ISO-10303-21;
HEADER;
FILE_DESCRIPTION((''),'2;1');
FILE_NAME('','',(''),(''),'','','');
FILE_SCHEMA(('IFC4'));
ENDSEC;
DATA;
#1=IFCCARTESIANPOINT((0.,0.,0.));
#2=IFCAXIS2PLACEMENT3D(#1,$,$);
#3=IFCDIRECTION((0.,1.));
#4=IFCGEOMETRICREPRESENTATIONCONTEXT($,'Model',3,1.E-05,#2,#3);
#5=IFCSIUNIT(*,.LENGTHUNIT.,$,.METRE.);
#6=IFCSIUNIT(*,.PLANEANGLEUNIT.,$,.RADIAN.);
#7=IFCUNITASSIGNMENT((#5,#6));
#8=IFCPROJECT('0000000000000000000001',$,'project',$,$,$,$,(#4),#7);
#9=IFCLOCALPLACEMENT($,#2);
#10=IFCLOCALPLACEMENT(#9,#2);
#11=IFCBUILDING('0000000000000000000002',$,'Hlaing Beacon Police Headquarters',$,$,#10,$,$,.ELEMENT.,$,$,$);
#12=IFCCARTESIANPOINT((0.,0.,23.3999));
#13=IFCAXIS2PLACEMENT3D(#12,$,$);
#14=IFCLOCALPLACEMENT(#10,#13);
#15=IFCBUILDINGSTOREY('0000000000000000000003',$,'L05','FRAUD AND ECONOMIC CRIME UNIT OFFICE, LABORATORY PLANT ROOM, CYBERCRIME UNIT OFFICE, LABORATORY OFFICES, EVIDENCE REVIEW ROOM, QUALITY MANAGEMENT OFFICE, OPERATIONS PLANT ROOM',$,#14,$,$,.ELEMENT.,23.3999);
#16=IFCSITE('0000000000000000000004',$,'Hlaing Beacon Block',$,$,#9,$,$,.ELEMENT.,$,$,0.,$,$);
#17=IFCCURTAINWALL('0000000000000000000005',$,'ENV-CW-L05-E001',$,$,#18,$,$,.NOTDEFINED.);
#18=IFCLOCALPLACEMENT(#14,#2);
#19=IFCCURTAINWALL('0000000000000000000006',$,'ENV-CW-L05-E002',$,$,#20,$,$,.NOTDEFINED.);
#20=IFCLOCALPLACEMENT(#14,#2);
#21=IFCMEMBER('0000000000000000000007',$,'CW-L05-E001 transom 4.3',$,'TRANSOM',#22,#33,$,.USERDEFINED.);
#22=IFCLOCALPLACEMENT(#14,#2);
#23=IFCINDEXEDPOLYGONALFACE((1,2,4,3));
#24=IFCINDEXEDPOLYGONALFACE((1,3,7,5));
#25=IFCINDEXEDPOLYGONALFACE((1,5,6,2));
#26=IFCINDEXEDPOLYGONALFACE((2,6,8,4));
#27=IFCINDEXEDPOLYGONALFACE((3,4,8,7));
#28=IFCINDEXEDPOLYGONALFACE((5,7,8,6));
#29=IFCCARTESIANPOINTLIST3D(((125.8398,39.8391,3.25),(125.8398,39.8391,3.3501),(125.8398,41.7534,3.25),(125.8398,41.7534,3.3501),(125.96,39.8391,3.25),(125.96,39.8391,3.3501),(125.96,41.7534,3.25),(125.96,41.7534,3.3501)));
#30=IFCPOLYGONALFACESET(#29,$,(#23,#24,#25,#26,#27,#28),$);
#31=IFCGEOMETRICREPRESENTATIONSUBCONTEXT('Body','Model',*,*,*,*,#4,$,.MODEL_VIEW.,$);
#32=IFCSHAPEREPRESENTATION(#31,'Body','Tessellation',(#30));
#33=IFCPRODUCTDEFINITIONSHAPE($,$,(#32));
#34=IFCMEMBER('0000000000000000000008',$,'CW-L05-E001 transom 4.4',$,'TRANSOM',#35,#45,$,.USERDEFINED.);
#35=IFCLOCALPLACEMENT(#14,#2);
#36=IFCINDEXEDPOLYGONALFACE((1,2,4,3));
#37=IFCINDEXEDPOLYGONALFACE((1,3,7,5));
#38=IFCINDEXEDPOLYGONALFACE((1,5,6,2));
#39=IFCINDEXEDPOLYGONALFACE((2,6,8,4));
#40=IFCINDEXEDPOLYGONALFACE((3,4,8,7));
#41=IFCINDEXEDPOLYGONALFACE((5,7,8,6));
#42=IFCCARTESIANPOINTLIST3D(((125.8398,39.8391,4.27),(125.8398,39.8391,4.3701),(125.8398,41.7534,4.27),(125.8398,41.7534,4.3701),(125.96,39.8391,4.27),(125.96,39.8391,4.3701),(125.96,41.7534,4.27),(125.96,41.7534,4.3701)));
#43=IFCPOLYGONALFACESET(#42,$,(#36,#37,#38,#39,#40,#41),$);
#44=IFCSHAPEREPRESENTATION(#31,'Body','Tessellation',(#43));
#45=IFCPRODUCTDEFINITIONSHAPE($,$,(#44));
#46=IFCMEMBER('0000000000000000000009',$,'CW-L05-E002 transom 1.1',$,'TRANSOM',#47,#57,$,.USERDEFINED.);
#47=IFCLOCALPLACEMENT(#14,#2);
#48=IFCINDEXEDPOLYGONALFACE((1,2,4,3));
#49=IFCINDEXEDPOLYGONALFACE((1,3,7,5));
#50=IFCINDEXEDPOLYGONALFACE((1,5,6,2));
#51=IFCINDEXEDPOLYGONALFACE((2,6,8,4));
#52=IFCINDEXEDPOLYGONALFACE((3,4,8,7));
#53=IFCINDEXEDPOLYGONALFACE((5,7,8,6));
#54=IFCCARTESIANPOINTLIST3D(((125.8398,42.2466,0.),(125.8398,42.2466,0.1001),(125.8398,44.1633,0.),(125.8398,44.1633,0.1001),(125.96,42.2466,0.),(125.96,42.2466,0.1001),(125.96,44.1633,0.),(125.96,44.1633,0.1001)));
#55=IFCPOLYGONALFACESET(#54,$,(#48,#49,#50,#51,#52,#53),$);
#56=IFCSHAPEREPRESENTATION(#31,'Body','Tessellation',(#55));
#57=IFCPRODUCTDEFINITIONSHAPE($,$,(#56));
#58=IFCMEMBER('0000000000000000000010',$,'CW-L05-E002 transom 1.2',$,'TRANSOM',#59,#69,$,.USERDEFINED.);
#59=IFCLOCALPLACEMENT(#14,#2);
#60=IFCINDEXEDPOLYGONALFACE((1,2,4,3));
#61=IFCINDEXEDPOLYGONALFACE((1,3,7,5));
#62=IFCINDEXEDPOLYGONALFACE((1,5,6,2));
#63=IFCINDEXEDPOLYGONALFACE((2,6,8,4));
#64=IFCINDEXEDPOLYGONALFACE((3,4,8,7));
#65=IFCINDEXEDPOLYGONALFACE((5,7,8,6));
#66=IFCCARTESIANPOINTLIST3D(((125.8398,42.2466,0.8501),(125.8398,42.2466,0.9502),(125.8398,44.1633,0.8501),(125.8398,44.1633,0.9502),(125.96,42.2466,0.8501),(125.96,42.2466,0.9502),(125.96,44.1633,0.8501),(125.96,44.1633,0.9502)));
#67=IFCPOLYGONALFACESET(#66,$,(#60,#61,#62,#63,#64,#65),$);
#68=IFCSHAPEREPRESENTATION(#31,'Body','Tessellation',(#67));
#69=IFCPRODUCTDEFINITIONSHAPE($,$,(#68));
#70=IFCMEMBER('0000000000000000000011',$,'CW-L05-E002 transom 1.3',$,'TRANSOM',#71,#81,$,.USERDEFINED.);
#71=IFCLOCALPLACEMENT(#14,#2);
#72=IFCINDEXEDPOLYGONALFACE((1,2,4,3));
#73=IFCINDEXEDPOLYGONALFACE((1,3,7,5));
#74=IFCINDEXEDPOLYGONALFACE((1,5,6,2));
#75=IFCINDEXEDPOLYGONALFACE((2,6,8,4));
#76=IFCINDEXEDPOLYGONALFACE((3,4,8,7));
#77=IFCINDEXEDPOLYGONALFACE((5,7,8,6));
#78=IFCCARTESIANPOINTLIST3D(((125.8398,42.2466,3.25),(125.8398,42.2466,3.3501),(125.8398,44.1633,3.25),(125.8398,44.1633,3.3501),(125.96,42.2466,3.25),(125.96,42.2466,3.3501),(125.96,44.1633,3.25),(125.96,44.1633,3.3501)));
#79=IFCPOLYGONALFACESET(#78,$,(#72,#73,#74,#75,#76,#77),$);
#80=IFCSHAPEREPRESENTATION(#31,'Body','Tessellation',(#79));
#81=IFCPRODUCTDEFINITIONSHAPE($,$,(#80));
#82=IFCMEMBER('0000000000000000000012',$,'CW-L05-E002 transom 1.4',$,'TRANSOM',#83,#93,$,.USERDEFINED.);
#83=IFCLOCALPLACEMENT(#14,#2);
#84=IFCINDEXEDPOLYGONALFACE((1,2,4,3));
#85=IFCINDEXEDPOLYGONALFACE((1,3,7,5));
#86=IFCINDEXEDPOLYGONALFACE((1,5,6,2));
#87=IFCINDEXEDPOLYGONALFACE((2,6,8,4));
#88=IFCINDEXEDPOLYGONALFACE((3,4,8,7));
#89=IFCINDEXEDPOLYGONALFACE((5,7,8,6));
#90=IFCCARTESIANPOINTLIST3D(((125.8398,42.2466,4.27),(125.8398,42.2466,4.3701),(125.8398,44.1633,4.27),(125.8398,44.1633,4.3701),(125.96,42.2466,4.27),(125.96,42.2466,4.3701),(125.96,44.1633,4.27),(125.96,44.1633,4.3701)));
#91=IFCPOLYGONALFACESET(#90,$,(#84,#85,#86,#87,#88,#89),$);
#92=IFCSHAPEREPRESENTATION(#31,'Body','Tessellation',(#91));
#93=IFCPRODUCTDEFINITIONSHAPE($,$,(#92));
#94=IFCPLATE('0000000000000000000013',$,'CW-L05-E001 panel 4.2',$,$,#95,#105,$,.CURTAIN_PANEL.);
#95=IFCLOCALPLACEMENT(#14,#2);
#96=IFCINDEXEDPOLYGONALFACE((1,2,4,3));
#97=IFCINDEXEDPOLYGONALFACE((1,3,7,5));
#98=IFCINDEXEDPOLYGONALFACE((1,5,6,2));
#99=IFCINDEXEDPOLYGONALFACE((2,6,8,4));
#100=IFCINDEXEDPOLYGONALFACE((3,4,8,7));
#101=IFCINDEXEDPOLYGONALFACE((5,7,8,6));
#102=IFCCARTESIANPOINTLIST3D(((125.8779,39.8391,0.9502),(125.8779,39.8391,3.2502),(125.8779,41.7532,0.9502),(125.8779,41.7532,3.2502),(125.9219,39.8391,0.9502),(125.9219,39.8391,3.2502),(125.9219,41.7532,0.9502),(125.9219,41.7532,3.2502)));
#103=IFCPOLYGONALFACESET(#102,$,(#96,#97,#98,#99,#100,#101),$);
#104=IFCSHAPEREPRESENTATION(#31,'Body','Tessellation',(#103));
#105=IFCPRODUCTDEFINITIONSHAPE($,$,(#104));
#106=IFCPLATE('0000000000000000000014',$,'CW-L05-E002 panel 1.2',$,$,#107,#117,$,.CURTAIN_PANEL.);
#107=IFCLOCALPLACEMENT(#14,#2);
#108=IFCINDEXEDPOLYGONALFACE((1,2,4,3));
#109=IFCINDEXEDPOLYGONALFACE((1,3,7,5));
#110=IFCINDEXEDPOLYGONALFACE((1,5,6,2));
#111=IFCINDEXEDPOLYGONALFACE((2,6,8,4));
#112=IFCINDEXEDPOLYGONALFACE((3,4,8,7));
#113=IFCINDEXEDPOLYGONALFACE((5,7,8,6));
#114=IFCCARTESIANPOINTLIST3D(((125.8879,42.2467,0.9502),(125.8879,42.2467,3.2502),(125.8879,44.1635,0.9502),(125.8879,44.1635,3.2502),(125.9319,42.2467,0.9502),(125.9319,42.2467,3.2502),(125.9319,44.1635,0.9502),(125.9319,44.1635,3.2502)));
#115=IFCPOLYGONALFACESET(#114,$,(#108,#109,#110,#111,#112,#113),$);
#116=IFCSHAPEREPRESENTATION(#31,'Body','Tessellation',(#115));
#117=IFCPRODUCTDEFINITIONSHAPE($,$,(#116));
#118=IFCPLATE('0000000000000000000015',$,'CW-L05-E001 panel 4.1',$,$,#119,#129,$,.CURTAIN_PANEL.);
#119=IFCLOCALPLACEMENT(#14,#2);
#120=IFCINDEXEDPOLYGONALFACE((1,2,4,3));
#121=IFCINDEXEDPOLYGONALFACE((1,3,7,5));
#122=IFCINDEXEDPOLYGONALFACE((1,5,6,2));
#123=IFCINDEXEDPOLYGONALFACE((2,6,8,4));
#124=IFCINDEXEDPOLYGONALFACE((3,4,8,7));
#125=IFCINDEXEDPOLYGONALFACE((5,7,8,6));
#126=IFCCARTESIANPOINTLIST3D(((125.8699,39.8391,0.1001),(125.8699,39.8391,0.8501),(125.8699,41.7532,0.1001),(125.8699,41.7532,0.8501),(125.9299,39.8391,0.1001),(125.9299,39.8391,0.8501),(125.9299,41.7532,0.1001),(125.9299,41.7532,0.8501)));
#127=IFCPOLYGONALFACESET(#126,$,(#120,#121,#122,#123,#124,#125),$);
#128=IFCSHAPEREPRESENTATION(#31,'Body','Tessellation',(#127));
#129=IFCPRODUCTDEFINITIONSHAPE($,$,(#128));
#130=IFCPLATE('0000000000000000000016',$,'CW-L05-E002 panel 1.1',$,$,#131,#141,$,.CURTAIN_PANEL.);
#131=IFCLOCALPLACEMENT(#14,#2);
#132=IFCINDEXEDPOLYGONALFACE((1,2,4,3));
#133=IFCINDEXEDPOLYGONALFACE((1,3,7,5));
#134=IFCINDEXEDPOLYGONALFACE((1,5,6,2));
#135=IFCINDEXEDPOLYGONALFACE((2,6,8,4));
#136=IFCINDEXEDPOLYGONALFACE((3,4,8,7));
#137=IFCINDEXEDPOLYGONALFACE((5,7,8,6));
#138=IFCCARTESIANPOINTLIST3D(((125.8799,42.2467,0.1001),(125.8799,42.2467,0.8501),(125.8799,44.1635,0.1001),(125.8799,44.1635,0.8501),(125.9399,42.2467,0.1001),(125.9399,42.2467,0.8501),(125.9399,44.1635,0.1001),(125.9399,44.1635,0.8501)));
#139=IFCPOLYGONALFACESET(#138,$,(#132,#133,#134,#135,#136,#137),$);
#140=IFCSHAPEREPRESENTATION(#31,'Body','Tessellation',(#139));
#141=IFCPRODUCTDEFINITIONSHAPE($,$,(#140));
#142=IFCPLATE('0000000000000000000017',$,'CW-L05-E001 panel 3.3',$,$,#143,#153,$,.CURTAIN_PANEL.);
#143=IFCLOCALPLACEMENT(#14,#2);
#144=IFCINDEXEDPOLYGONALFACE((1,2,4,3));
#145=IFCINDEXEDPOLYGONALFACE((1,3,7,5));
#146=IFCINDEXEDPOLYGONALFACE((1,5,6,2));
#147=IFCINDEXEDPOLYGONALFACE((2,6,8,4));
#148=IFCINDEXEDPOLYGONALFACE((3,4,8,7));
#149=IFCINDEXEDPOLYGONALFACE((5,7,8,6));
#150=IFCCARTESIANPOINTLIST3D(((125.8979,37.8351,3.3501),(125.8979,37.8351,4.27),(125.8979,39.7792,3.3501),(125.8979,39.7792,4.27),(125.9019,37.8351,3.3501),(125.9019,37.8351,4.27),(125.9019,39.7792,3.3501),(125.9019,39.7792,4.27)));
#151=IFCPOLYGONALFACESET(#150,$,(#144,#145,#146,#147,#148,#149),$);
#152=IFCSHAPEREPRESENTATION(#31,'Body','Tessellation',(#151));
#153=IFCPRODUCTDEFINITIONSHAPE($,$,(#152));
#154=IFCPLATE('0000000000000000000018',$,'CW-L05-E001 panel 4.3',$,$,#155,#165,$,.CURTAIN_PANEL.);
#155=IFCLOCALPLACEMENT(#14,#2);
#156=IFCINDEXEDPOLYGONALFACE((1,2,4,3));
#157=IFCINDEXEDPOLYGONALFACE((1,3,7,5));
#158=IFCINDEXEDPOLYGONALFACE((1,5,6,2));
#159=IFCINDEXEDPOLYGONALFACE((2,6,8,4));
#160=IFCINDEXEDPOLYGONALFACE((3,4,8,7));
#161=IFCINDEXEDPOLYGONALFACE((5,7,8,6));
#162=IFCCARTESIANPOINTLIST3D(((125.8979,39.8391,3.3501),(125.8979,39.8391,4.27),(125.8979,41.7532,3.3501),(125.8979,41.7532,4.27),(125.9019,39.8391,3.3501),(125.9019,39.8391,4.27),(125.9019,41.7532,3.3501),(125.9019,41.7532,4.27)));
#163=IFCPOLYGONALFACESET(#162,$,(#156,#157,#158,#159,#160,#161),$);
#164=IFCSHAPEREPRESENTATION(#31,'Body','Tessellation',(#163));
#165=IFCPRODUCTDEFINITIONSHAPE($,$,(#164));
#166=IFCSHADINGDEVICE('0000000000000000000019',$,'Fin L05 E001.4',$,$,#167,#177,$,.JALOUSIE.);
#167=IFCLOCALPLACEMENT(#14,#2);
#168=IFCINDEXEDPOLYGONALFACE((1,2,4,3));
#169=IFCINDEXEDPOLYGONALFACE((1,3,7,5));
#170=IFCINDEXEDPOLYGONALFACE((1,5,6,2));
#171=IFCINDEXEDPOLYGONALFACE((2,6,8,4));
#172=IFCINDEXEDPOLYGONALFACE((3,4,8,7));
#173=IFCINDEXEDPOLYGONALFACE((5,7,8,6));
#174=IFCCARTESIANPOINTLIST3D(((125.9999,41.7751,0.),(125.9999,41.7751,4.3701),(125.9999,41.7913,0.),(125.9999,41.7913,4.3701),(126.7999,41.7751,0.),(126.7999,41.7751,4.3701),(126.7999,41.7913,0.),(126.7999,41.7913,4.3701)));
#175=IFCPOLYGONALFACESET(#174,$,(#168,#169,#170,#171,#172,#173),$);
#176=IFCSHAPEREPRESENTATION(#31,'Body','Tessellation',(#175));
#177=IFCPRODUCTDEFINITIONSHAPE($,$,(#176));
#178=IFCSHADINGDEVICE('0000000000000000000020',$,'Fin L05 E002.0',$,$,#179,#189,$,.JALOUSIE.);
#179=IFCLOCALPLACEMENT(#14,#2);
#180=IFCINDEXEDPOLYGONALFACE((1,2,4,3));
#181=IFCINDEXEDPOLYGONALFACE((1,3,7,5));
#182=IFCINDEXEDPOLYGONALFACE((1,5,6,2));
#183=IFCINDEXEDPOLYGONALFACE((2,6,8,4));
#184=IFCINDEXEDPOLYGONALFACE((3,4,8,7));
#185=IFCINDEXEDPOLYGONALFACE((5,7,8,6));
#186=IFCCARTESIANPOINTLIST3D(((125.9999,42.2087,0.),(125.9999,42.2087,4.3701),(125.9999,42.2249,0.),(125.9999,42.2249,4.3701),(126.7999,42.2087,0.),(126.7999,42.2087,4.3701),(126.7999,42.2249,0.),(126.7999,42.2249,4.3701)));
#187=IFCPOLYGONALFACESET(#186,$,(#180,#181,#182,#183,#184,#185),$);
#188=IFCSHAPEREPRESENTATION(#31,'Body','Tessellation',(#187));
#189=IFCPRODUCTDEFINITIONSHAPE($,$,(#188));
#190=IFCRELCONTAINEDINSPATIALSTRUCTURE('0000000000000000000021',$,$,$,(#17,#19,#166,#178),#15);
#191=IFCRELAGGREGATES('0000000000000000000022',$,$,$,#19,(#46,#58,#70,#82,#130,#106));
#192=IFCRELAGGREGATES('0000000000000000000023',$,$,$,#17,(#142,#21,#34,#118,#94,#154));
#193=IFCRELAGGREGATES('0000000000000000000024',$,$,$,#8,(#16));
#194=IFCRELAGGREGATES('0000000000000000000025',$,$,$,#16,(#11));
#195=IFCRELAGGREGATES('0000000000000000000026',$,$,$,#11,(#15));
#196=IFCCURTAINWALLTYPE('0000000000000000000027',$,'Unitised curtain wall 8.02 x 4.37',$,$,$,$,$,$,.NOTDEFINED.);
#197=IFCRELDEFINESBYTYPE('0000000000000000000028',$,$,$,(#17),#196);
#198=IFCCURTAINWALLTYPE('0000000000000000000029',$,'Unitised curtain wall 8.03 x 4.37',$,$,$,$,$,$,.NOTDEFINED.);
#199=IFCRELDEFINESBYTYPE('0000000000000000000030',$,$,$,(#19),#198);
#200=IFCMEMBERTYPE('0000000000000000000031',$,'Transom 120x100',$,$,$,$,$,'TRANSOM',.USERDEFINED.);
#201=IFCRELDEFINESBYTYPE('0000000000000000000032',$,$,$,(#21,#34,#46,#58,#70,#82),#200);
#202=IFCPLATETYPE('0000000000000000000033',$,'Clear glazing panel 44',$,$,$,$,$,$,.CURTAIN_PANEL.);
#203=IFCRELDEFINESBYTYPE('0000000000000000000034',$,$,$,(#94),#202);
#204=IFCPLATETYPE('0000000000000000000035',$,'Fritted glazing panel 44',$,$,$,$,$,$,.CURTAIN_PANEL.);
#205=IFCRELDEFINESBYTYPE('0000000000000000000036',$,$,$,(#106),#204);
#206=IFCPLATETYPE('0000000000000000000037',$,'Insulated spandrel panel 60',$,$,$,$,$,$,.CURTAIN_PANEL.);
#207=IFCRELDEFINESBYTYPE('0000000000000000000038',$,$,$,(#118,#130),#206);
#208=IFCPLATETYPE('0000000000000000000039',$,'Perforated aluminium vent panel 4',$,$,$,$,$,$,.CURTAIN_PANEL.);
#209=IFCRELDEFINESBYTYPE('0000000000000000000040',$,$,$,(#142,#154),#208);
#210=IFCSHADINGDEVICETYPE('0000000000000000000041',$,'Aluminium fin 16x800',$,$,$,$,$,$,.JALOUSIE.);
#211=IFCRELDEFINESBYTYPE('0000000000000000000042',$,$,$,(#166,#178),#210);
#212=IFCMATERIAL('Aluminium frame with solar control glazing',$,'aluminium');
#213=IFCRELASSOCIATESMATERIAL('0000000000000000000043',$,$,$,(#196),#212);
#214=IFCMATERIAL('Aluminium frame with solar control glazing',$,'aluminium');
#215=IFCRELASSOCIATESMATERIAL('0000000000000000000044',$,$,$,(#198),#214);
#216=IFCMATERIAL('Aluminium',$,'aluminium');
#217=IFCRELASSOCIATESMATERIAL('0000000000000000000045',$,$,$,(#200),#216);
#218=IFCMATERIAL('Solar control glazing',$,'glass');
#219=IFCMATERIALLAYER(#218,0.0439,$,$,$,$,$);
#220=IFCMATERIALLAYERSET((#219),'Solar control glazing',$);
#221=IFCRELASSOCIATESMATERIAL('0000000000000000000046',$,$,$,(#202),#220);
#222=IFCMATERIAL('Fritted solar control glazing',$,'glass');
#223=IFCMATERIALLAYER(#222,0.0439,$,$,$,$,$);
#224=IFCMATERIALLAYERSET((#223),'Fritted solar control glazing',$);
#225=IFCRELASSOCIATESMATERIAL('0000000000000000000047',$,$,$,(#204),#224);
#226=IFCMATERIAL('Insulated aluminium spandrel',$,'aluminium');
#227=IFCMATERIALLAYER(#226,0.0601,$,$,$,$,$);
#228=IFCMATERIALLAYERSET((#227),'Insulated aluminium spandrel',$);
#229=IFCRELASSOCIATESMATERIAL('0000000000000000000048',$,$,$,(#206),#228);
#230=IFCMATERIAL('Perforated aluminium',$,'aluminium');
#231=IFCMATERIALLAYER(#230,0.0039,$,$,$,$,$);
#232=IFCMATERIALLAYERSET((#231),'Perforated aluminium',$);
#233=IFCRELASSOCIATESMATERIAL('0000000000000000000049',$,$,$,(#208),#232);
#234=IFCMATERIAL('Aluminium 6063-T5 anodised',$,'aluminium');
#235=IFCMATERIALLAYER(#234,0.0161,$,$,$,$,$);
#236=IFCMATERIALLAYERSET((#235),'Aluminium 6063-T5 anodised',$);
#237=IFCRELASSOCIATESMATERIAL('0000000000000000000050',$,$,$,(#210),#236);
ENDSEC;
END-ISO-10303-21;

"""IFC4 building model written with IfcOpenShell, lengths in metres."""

from ifc_helpers import new_model, si_unit, direction, frame, origin, origin_2d, place, context, subcontext, project, spatial, rectangle, extrude, material, layer, layer_set, material_profile, profile_set, type_object, element, aggregate, save


model = new_model("IFC4")

# Units and contexts
model_context = context("Model", 3, precision=1e-05, world=origin(), true_north=direction((0.0, 1.0)))
body_context = subcontext(model_context, "Body", "Model", "MODEL_VIEW")
ifc_project = project(units=[si_unit("LENGTHUNIT", "METRE"), si_unit("PLANEANGLEUNIT", "RADIAN")], contexts=[model_context])

# Site, building, storey
site_placement = place(None, origin())
site = spatial("IfcSite", under=ifc_project, at=site_placement, Name="Hlaing Beacon Block", CompositionType="ELEMENT", RefElevation=0.0)
building_placement = place(site_placement, origin())
building = spatial("IfcBuilding", under=site, at=building_placement, Name="Hlaing Beacon Police Headquarters", CompositionType="ELEMENT")
storey_placement = place(building_placement, frame((0.0, 0.0, 23.3999)))
storey = spatial("IfcBuildingStorey", under=building, at=storey_placement, Name="L05", Description="FRAUD AND ECONOMIC CRIME UNIT OFFICE, LABORATORY PLANT ROOM, CYBERCRIME UNIT OFFICE, LABORATORY OFFICES, EVIDENCE REVIEW ROOM, QUALITY MANAGEMENT OFFICE, OPERATIONS PLANT ROOM", CompositionType="ELEMENT", Elevation=23.3999)

# Curtain wall
ifc_material_1 = material(Name="Aluminium frame with solar control glazing", Category="aluminium")
curtain_wall_type_1 = type_object("IfcCurtainWallType", Name="Unitised curtain wall 8.02 x 4.37", PredefinedType="NOTDEFINED", material=ifc_material_1)
curtain_wall_1_placement = place(storey_placement, origin())
curtain_wall_1 = element("IfcCurtainWall", 1, at=curtain_wall_1_placement, inside=storey, type_object=curtain_wall_type_1, Name="ENV-CW-L05-E001", PredefinedType="NOTDEFINED")

# Curtain wall
ifc_material_2 = material(Name="Aluminium frame with solar control glazing", Category="aluminium")
curtain_wall_type_2 = type_object("IfcCurtainWallType", Name="Unitised curtain wall 8.03 x 4.37", PredefinedType="NOTDEFINED", material=ifc_material_2)
curtain_wall_2_placement = place(storey_placement, origin())
curtain_wall_2 = element("IfcCurtainWall", 2, at=curtain_wall_2_placement, inside=storey, type_object=curtain_wall_type_2, Name="ENV-CW-L05-E002", PredefinedType="NOTDEFINED")

# Members
ifc_material_3 = material(Name="Aluminium", Category="aluminium")
ifc_material_profile_1 = material_profile(ifc_material_3, rectangle(XDim=0.1201, YDim=0.1001, at=origin_2d()), Name="Transom 120x100")
ifc_profile_set_1 = profile_set([ifc_material_profile_1], Name="Aluminium")
member_type_1 = type_object("IfcMemberType", Name="Transom 120x100", ElementType="TRANSOM", PredefinedType="USERDEFINED", material=ifc_profile_set_1)
member_1_placement = place(storey_placement, frame((125.8999, 39.8391, 3.3), z_axis=(0.0, 1.0, 0.0), x_axis=(-1.0, 0.0, 0.0)))
member_1 = element("IfcMember", 3, at=member_1_placement, type_object=member_type_1, Name="CW-L05-E001 transom 4.3", ObjectType="TRANSOM", PredefinedType="USERDEFINED", context=body_context, shape_type="SweptSolid", body=[
    extrude(rectangle(XDim=0.1201, YDim=0.1001, at=origin_2d()), origin(), (0.0, 0.0, 1.0), 1.9143),
])
member_2_placement = place(storey_placement, frame((125.8999, 39.8391, 4.3201), z_axis=(0.0, 1.0, 0.0), x_axis=(-1.0, 0.0, 0.0)))
member_2 = element("IfcMember", 4, at=member_2_placement, type_object=member_type_1, Name="CW-L05-E001 transom 4.4", ObjectType="TRANSOM", PredefinedType="USERDEFINED", context=body_context, shape_type="SweptSolid", body=[
    extrude(rectangle(XDim=0.1201, YDim=0.1001, at=origin_2d()), origin(), (0.0, 0.0, 1.0), 1.9143),
])
member_3_placement = place(storey_placement, frame((125.8999, 42.2466, 0.05), z_axis=(0.0, 1.0, 0.0), x_axis=(-1.0, 0.0, 0.0)))
member_3 = element("IfcMember", 5, at=member_3_placement, type_object=member_type_1, Name="CW-L05-E002 transom 1.1", ObjectType="TRANSOM", PredefinedType="USERDEFINED", context=body_context, shape_type="SweptSolid", body=[
    extrude(rectangle(XDim=0.1201, YDim=0.1001, at=origin_2d()), origin(), (0.0, 0.0, 1.0), 1.9167),
])
member_4_placement = place(storey_placement, frame((125.8999, 42.2466, 0.9001), z_axis=(0.0, 1.0, 0.0), x_axis=(-1.0, 0.0, 0.0)))
member_4 = element("IfcMember", 6, at=member_4_placement, type_object=member_type_1, Name="CW-L05-E002 transom 1.2", ObjectType="TRANSOM", PredefinedType="USERDEFINED", context=body_context, shape_type="SweptSolid", body=[
    extrude(rectangle(XDim=0.1201, YDim=0.1001, at=origin_2d()), origin(), (0.0, 0.0, 1.0), 1.9167),
])
member_5_placement = place(storey_placement, frame((125.8999, 42.2466, 3.3), z_axis=(0.0, 1.0, 0.0), x_axis=(-1.0, 0.0, 0.0)))
member_5 = element("IfcMember", 7, at=member_5_placement, type_object=member_type_1, Name="CW-L05-E002 transom 1.3", ObjectType="TRANSOM", PredefinedType="USERDEFINED", context=body_context, shape_type="SweptSolid", body=[
    extrude(rectangle(XDim=0.1201, YDim=0.1001, at=origin_2d()), origin(), (0.0, 0.0, 1.0), 1.9167),
])
member_6_placement = place(storey_placement, frame((125.8999, 42.2466, 4.3201), z_axis=(0.0, 1.0, 0.0), x_axis=(-1.0, 0.0, 0.0)))
member_6 = element("IfcMember", 8, at=member_6_placement, type_object=member_type_1, Name="CW-L05-E002 transom 1.4", ObjectType="TRANSOM", PredefinedType="USERDEFINED", context=body_context, shape_type="SweptSolid", body=[
    extrude(rectangle(XDim=0.1201, YDim=0.1001, at=origin_2d()), origin(), (0.0, 0.0, 1.0), 1.9167),
])

# Plates
ifc_material_4 = material(Name="Solar control glazing", Category="glass")
ifc_layer_1 = layer(ifc_material_4, 0.0439)
ifc_layer_set_1 = layer_set([ifc_layer_1], Name="Solar control glazing")
plate_type_1 = type_object("IfcPlateType", Name="Clear glazing panel 44", PredefinedType="CURTAIN_PANEL", material=ifc_layer_set_1)
plate_1_placement = place(storey_placement, frame((125.8999, 40.7961, 0.9502), z_axis=(0.0, 0.0, 1.0), x_axis=(0.0, 1.0, 0.0)))
plate_1 = element("IfcPlate", 9, at=plate_1_placement, type_object=plate_type_1, Name="CW-L05-E001 panel 4.2", PredefinedType="CURTAIN_PANEL", context=body_context, shape_type="SweptSolid", body=[
    extrude(rectangle(XDim=1.9141, YDim=0.0439, at=origin_2d()), origin(), (0.0, 0.0, 1.0), 2.3),
])
ifc_material_5 = material(Name="Fritted solar control glazing", Category="glass")
ifc_layer_2 = layer(ifc_material_5, 0.0439)
ifc_layer_set_2 = layer_set([ifc_layer_2], Name="Fritted solar control glazing")
plate_type_2 = type_object("IfcPlateType", Name="Fritted glazing panel 44", PredefinedType="CURTAIN_PANEL", material=ifc_layer_set_2)
plate_2_placement = place(storey_placement, frame((125.9099, 43.2051, 0.9502), z_axis=(0.0, 0.0, 1.0), x_axis=(0.0, 1.0, 0.0)))
plate_2 = element("IfcPlate", 10, at=plate_2_placement, type_object=plate_type_2, Name="CW-L05-E002 panel 1.2", PredefinedType="CURTAIN_PANEL", context=body_context, shape_type="SweptSolid", body=[
    extrude(rectangle(XDim=1.9167, YDim=0.0439, at=origin_2d()), origin(), (0.0, 0.0, 1.0), 2.3),
])
ifc_material_6 = material(Name="Insulated aluminium spandrel", Category="aluminium")
ifc_layer_3 = layer(ifc_material_6, 0.0601)
ifc_layer_set_3 = layer_set([ifc_layer_3], Name="Insulated aluminium spandrel")
plate_type_3 = type_object("IfcPlateType", Name="Insulated spandrel panel 60", PredefinedType="CURTAIN_PANEL", material=ifc_layer_set_3)
plate_3_placement = place(storey_placement, frame((125.8999, 40.7961, 0.1001), z_axis=(0.0, 0.0, 1.0), x_axis=(0.0, 1.0, 0.0)))
plate_3 = element("IfcPlate", 11, at=plate_3_placement, type_object=plate_type_3, Name="CW-L05-E001 panel 4.1", PredefinedType="CURTAIN_PANEL", context=body_context, shape_type="SweptSolid", body=[
    extrude(rectangle(XDim=1.9141, YDim=0.0601, at=origin_2d()), origin(), (0.0, 0.0, 1.0), 0.75),
])
plate_4_placement = place(storey_placement, frame((125.9099, 43.2051, 0.1001), z_axis=(0.0, 0.0, 1.0), x_axis=(0.0, 1.0, 0.0)))
plate_4 = element("IfcPlate", 12, at=plate_4_placement, type_object=plate_type_3, Name="CW-L05-E002 panel 1.1", PredefinedType="CURTAIN_PANEL", context=body_context, shape_type="SweptSolid", body=[
    extrude(rectangle(XDim=1.9167, YDim=0.0601, at=origin_2d()), origin(), (0.0, 0.0, 1.0), 0.75),
])
aggregate(curtain_wall_2, [member_3, member_4, member_5, member_6, plate_4, plate_2])
ifc_material_7 = material(Name="Perforated aluminium", Category="aluminium")
ifc_layer_4 = layer(ifc_material_7, 0.0039)
ifc_layer_set_4 = layer_set([ifc_layer_4], Name="Perforated aluminium")
plate_type_4 = type_object("IfcPlateType", Name="Perforated aluminium vent panel 4", PredefinedType="CURTAIN_PANEL", material=ifc_layer_set_4)
plate_5_placement = place(storey_placement, frame((125.8999, 38.8071, 3.3501), z_axis=(0.0, 0.0, 1.0), x_axis=(0.0, 1.0, 0.0)))
plate_5 = element("IfcPlate", 13, at=plate_5_placement, type_object=plate_type_4, Name="CW-L05-E001 panel 3.3", PredefinedType="CURTAIN_PANEL", context=body_context, shape_type="SweptSolid", body=[
    extrude(rectangle(XDim=1.9441, YDim=0.0039, at=origin_2d()), origin(), (0.0, 0.0, 1.0), 0.9199),
])
plate_6_placement = place(storey_placement, frame((125.8999, 40.7961, 3.3501), z_axis=(0.0, 0.0, 1.0), x_axis=(0.0, 1.0, 0.0)))
plate_6 = element("IfcPlate", 14, at=plate_6_placement, type_object=plate_type_4, Name="CW-L05-E001 panel 4.3", PredefinedType="CURTAIN_PANEL", context=body_context, shape_type="SweptSolid", body=[
    extrude(rectangle(XDim=1.9141, YDim=0.0039, at=origin_2d()), origin(), (0.0, 0.0, 1.0), 0.9199),
])
aggregate(curtain_wall_1, [plate_5, member_1, member_2, plate_3, plate_1, plate_6])

# Shading devices
ifc_material_8 = material(Name="Aluminium 6063-T5 anodised", Category="aluminium")
ifc_layer_5 = layer(ifc_material_8, 0.0161)
ifc_layer_set_5 = layer_set([ifc_layer_5], Name="Aluminium 6063-T5 anodised")
shading_device_type = type_object("IfcShadingDeviceType", Name="Aluminium fin 16x800", PredefinedType="JALOUSIE", material=ifc_layer_set_5)
for number, where, z_axis, x_axis, name in (
    (15, (126.3999, 41.7832, 0.0), (0.0, 0.0, 1.0), (0.0, 1.0, 0.0), "Fin L05 E001.4"),
    (16, (126.3999, 42.2168, 0.0), (0.0, 0.0, 1.0), (0.0, 1.0, 0.0), "Fin L05 E002.0"),
):
    element("IfcShadingDevice", number, at=place(storey_placement, frame(where, z_axis=z_axis, x_axis=x_axis)), inside=storey, type_object=shading_device_type, Name=name, PredefinedType="JALOUSIE", context=body_context, shape_type="SweptSolid", body=[
        extrude(rectangle(XDim=0.0161, YDim=0.8, at=origin_2d()), origin(), (0.0, 0.0, 1.0), 4.3701),
    ])

save(model, "model.ifc")
